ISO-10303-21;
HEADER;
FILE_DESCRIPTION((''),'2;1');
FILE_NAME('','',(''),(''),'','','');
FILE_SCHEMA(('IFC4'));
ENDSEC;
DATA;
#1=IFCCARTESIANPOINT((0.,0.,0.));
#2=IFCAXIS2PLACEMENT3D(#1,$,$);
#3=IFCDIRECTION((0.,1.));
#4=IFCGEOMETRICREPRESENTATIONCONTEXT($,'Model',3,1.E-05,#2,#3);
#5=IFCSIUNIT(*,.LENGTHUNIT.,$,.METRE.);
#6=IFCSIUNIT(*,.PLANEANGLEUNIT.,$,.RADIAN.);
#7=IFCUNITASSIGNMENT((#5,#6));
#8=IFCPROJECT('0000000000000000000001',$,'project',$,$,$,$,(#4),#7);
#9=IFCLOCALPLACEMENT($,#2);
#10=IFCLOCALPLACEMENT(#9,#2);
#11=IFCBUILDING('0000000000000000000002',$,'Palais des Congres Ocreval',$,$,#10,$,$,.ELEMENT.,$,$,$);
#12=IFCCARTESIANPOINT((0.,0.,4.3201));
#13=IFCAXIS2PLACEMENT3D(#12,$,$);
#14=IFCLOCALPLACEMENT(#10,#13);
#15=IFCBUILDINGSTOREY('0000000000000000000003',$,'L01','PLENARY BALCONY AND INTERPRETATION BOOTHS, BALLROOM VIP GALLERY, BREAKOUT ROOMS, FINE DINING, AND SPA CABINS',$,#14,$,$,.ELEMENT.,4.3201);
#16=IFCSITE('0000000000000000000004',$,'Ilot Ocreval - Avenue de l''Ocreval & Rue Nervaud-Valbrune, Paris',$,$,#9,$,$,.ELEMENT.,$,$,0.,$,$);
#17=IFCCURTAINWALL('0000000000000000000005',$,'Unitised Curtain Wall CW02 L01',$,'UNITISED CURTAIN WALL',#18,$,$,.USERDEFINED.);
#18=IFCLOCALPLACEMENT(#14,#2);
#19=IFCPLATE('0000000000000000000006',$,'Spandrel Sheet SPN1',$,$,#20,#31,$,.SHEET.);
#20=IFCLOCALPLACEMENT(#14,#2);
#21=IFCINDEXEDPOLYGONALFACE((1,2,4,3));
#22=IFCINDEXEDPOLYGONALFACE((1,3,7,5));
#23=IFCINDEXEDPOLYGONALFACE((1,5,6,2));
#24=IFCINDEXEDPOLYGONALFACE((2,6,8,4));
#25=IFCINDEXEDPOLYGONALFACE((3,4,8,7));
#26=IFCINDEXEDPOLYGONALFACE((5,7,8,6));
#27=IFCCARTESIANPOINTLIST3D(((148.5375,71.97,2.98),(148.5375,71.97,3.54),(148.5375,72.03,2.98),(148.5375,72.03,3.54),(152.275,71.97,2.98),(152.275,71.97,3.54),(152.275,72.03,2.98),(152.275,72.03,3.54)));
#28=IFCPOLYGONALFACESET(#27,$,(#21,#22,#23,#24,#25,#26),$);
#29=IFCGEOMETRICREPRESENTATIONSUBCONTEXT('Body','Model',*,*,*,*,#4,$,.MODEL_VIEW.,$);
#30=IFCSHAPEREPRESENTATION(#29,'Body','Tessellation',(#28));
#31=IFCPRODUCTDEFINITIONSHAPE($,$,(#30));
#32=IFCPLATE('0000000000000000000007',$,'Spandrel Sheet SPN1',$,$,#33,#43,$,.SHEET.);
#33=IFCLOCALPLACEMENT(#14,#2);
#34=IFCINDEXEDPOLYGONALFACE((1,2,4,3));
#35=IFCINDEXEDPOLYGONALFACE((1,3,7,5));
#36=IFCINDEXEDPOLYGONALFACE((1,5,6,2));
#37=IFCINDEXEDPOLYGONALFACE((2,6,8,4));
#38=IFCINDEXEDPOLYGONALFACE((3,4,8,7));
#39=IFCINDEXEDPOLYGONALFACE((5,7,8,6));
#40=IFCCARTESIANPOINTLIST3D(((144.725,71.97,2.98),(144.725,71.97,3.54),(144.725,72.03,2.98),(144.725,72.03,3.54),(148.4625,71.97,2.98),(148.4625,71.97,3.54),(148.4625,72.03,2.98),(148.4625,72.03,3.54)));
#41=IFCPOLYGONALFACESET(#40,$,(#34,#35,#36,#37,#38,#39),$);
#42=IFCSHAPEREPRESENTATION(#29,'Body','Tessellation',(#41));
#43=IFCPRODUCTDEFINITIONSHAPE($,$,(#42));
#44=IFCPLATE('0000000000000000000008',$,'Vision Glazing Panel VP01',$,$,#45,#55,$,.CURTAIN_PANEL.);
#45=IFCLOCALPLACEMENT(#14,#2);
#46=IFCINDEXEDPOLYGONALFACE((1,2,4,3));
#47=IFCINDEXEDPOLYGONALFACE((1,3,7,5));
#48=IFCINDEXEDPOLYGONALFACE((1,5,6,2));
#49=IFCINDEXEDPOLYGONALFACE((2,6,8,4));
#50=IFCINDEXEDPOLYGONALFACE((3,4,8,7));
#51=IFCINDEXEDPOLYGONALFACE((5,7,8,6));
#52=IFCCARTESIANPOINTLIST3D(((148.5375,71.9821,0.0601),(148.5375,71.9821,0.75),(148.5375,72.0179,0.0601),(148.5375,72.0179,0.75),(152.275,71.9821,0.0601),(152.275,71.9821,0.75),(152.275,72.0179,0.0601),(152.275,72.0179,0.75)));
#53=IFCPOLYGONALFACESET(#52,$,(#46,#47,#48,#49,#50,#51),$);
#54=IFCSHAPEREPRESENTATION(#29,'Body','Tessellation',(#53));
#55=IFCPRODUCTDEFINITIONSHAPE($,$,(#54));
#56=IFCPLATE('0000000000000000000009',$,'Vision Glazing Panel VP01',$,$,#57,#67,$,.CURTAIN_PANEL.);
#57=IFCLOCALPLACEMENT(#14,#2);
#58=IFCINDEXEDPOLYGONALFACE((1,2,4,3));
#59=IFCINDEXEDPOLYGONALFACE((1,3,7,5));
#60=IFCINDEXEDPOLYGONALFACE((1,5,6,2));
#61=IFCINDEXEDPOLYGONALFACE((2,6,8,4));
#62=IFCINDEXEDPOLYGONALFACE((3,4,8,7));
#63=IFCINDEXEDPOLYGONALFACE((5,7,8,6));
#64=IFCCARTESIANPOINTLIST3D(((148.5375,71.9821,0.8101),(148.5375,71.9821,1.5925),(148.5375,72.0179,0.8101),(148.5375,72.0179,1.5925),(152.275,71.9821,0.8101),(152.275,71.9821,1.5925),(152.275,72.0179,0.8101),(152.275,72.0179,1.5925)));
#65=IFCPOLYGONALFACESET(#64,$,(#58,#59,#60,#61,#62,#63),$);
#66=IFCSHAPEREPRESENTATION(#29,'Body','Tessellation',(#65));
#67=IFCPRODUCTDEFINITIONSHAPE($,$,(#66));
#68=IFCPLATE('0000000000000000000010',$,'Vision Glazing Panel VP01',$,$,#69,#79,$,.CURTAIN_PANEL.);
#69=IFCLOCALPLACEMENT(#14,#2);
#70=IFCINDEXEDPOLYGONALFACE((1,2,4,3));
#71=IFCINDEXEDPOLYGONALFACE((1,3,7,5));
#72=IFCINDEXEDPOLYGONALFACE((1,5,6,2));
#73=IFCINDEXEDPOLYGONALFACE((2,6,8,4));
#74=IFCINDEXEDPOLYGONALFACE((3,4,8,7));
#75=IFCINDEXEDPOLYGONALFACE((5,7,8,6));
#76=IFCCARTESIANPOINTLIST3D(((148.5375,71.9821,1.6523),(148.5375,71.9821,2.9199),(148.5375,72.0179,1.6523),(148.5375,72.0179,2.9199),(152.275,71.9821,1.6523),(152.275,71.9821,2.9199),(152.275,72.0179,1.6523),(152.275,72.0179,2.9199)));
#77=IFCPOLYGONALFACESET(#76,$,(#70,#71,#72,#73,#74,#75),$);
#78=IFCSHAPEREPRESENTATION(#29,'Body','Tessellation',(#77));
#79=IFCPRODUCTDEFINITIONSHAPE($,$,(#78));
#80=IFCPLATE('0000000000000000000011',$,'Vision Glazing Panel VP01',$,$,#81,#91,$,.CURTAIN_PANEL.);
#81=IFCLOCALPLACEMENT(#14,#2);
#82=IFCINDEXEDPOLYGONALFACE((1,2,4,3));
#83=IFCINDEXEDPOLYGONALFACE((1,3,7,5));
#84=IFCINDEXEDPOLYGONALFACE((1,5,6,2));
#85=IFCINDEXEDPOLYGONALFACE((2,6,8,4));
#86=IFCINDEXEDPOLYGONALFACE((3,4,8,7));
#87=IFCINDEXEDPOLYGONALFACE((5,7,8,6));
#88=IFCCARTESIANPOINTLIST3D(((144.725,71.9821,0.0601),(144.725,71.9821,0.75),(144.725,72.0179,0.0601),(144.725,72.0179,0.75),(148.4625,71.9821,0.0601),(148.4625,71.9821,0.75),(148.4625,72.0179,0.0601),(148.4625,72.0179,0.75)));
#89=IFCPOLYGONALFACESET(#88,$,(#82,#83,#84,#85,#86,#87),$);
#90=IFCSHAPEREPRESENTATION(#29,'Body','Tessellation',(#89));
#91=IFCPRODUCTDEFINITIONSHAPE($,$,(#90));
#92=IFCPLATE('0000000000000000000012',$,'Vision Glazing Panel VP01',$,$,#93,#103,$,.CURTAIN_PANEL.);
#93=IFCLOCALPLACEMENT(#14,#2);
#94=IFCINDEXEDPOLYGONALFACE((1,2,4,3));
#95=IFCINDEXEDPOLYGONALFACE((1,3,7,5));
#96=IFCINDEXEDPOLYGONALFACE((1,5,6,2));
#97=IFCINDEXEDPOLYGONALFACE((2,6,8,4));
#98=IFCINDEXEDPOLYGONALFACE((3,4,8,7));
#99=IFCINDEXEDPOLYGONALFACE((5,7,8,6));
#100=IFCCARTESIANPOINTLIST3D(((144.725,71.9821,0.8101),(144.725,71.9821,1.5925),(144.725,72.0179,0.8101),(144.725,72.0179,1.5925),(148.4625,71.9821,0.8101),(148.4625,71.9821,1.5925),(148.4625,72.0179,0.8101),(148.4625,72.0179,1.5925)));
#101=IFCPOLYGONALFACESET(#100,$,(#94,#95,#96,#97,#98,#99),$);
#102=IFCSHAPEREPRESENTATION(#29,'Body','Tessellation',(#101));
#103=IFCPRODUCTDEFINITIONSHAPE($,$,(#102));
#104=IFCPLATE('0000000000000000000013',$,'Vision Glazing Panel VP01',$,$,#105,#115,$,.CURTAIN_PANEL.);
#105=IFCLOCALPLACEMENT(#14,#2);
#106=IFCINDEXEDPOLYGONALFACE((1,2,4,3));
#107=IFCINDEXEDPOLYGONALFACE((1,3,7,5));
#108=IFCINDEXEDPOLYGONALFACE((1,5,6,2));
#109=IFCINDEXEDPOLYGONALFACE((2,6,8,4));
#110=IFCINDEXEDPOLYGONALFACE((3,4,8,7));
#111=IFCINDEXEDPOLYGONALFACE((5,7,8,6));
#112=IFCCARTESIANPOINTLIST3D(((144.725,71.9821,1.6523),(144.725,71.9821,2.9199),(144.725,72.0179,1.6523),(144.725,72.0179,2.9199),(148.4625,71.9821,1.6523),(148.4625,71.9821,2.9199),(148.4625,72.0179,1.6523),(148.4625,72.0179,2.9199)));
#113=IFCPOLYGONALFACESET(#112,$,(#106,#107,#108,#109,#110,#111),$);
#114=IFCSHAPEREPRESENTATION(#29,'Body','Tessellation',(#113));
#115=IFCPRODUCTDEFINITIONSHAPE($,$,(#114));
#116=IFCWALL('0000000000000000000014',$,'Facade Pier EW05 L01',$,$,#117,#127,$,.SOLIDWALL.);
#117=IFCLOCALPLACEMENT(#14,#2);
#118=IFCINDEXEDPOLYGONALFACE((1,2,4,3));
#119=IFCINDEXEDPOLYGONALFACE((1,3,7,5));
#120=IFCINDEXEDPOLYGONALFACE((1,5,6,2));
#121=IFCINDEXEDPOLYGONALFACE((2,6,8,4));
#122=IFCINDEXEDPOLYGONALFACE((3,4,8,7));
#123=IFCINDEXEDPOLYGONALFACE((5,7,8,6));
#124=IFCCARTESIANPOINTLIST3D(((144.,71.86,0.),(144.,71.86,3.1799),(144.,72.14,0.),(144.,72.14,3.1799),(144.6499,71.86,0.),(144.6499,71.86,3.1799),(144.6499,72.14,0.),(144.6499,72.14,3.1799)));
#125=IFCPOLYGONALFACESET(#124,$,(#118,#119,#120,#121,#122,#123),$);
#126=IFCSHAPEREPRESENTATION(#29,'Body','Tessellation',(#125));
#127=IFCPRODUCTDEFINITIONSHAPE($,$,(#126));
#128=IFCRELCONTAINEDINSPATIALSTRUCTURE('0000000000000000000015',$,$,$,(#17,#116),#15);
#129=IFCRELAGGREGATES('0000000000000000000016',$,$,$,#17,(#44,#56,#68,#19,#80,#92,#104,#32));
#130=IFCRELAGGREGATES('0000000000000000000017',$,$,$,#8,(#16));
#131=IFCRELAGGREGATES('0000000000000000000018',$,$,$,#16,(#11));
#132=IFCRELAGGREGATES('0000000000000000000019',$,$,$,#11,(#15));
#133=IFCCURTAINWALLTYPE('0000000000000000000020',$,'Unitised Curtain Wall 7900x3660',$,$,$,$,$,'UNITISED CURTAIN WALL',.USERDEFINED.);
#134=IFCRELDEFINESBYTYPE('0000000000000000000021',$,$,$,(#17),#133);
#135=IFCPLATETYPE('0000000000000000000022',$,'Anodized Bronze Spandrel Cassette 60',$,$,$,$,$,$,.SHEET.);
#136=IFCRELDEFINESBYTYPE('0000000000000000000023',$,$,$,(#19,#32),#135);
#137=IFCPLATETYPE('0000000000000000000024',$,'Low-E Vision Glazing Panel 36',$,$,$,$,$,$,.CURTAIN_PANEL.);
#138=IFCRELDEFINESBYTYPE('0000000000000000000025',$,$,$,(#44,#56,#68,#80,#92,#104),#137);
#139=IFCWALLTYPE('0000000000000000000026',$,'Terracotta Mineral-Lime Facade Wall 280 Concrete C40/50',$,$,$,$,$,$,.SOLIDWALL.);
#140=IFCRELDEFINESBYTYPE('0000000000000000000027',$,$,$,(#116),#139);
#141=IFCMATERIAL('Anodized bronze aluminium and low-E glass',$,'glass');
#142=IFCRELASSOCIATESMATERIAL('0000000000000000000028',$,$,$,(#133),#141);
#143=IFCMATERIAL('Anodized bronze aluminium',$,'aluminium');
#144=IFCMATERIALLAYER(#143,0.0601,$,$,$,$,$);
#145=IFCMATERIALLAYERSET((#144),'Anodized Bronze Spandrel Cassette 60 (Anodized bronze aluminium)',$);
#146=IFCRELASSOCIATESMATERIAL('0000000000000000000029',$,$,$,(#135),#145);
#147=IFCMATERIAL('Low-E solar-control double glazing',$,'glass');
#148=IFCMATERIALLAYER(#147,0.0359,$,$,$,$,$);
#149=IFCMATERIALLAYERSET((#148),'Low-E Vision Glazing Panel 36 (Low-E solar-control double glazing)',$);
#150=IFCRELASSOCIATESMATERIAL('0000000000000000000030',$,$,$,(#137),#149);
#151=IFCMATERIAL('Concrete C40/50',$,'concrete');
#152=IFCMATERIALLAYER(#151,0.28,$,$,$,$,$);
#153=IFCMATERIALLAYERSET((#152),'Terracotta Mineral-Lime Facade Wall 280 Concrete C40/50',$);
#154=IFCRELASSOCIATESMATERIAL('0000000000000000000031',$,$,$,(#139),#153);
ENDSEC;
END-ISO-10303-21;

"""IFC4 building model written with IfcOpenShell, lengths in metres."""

from ifc_helpers import new_model, si_unit, direction, frame, frame_2d, origin, origin_2d, place, context, subcontext, project, spatial, rectangle, extrude, material, layer, layer_set, type_object, element, aggregate, save


model = new_model("IFC4")

# Units and contexts
model_context = context("Model", 3, precision=1e-05, world=origin(), true_north=direction((0.0, 1.0)))
body_context = subcontext(model_context, "Body", "Model", "MODEL_VIEW")
ifc_project = project(units=[si_unit("LENGTHUNIT", "METRE"), si_unit("PLANEANGLEUNIT", "RADIAN")], contexts=[model_context])

# Site, building, storey
site_placement = place(None, origin())
site = spatial("IfcSite", under=ifc_project, at=site_placement, Name="Ilot Ocreval - Avenue de l'Ocreval & Rue Nervaud-Valbrune, Paris", CompositionType="ELEMENT", RefElevation=0.0)
building_placement = place(site_placement, origin())
building = spatial("IfcBuilding", under=site, at=building_placement, Name="Palais des Congres Ocreval", CompositionType="ELEMENT")
storey_placement = place(building_placement, frame((0.0, 0.0, 4.3201)))
storey = spatial("IfcBuildingStorey", under=building, at=storey_placement, Name="L01", Description="PLENARY BALCONY AND INTERPRETATION BOOTHS, BALLROOM VIP GALLERY, BREAKOUT ROOMS, FINE DINING, AND SPA CABINS", CompositionType="ELEMENT", Elevation=4.3201)

# Curtain wall
ifc_material_1 = material(Name="Anodized bronze aluminium and low-E glass", Category="glass")
curtain_wall_type = type_object("IfcCurtainWallType", Name="Unitised Curtain Wall 7900x3660", ElementType="UNITISED CURTAIN WALL", PredefinedType="USERDEFINED", material=ifc_material_1)
curtain_wall_placement = place(storey_placement, origin())
curtain_wall = element("IfcCurtainWall", 1, at=curtain_wall_placement, inside=storey, type_object=curtain_wall_type, Name="Unitised Curtain Wall CW02 L01", ObjectType="UNITISED CURTAIN WALL", PredefinedType="USERDEFINED")
ifc_material_2 = material(Name="Anodized bronze aluminium", Category="aluminium")

# Plates
ifc_layer_1 = layer(ifc_material_2, 0.0601)
ifc_layer_set_1 = layer_set([ifc_layer_1], Name="Anodized Bronze Spandrel Cassette 60 (Anodized bronze aluminium)")
plate_type_1 = type_object("IfcPlateType", Name="Anodized Bronze Spandrel Cassette 60", PredefinedType="SHEET", material=ifc_layer_set_1)
plate_1_placement = place(storey_placement, frame((150.4062, 72.0, 2.98), z_axis=(0.0, 0.0, 1.0), x_axis=(-1.0, 0.0, 0.0)))
plate_1 = element("IfcPlate", 2, at=plate_1_placement, type_object=plate_type_1, Name="Spandrel Sheet SPN1", PredefinedType="SHEET", context=body_context, shape_type="SweptSolid", body=[
    extrude(rectangle(XDim=3.7375, YDim=0.0601, at=origin_2d()), origin(), (0.0, 0.0, 1.0), 0.5601),
])
plate_2_placement = place(storey_placement, frame((146.5938, 72.0, 2.98), z_axis=(0.0, 0.0, 1.0), x_axis=(-1.0, 0.0, 0.0)))
plate_2 = element("IfcPlate", 3, at=plate_2_placement, type_object=plate_type_1, Name="Spandrel Sheet SPN1", PredefinedType="SHEET", context=body_context, shape_type="SweptSolid", body=[
    extrude(rectangle(XDim=3.7375, YDim=0.0601, at=origin_2d()), origin(), (0.0, 0.0, 1.0), 0.5601),
])
ifc_material_3 = material(Name="Low-E solar-control double glazing", Category="glass")
ifc_layer_2 = layer(ifc_material_3, 0.0359)
ifc_layer_set_2 = layer_set([ifc_layer_2], Name="Low-E Vision Glazing Panel 36 (Low-E solar-control double glazing)")
plate_type_2 = type_object("IfcPlateType", Name="Low-E Vision Glazing Panel 36", PredefinedType="CURTAIN_PANEL", material=ifc_layer_set_2)
plate_3_placement = place(storey_placement, frame((150.4062, 72.0, 0.0601), z_axis=(0.0, 0.0, 1.0), x_axis=(-1.0, 0.0, 0.0)))
plate_3 = element("IfcPlate", 4, at=plate_3_placement, type_object=plate_type_2, Name="Vision Glazing Panel VP01", PredefinedType="CURTAIN_PANEL", context=body_context, shape_type="SweptSolid", body=[
    extrude(rectangle(XDim=3.7375, YDim=0.0359, at=origin_2d()), origin(), (0.0, 0.0, 1.0), 0.6899),
])
plate_4_placement = place(storey_placement, frame((150.4062, 72.0, 0.8101), z_axis=(0.0, 0.0, 1.0), x_axis=(-1.0, 0.0, 0.0)))
plate_4 = element("IfcPlate", 5, at=plate_4_placement, type_object=plate_type_2, Name="Vision Glazing Panel VP01", PredefinedType="CURTAIN_PANEL", context=body_context, shape_type="SweptSolid", body=[
    extrude(rectangle(XDim=3.7375, YDim=0.0359, at=origin_2d()), origin(), (0.0, 0.0, 1.0), 0.7825),
])
plate_5_placement = place(storey_placement, frame((150.4062, 72.0, 1.6523), z_axis=(0.0, 0.0, 1.0), x_axis=(-1.0, 0.0, 0.0)))
plate_5 = element("IfcPlate", 6, at=plate_5_placement, type_object=plate_type_2, Name="Vision Glazing Panel VP01", PredefinedType="CURTAIN_PANEL", context=body_context, shape_type="SweptSolid", body=[
    extrude(rectangle(XDim=3.7375, YDim=0.0359, at=origin_2d()), origin(), (0.0, 0.0, 1.0), 1.2676),
])
plate_6_placement = place(storey_placement, frame((146.5938, 72.0, 0.0601), z_axis=(0.0, 0.0, 1.0), x_axis=(-1.0, 0.0, 0.0)))
plate_6 = element("IfcPlate", 7, at=plate_6_placement, type_object=plate_type_2, Name="Vision Glazing Panel VP01", PredefinedType="CURTAIN_PANEL", context=body_context, shape_type="SweptSolid", body=[
    extrude(rectangle(XDim=3.7375, YDim=0.0359, at=origin_2d()), origin(), (0.0, 0.0, 1.0), 0.6899),
])
plate_7_placement = place(storey_placement, frame((146.5938, 72.0, 0.8101), z_axis=(0.0, 0.0, 1.0), x_axis=(-1.0, 0.0, 0.0)))
plate_7 = element("IfcPlate", 8, at=plate_7_placement, type_object=plate_type_2, Name="Vision Glazing Panel VP01", PredefinedType="CURTAIN_PANEL", context=body_context, shape_type="SweptSolid", body=[
    extrude(rectangle(XDim=3.7375, YDim=0.0359, at=origin_2d()), origin(), (0.0, 0.0, 1.0), 0.7825),
])
plate_8_placement = place(storey_placement, frame((146.5938, 72.0, 1.6523), z_axis=(0.0, 0.0, 1.0), x_axis=(-1.0, 0.0, 0.0)))
plate_8 = element("IfcPlate", 9, at=plate_8_placement, type_object=plate_type_2, Name="Vision Glazing Panel VP01", PredefinedType="CURTAIN_PANEL", context=body_context, shape_type="SweptSolid", body=[
    extrude(rectangle(XDim=3.7375, YDim=0.0359, at=origin_2d()), origin(), (0.0, 0.0, 1.0), 1.2676),
])
aggregate(curtain_wall, [plate_3, plate_4, plate_5, plate_1, plate_6, plate_7, plate_8, plate_2])

# Wall
ifc_material_4 = material(Name="Concrete C40/50", Category="concrete")
ifc_layer_3 = layer(ifc_material_4, 0.28)
ifc_layer_set_3 = layer_set([ifc_layer_3], Name="Terracotta Mineral-Lime Facade Wall 280 Concrete C40/50")
wall_type = type_object("IfcWallType", Name="Terracotta Mineral-Lime Facade Wall 280 Concrete C40/50", PredefinedType="SOLIDWALL", material=ifc_layer_set_3)
wall_placement = place(storey_placement, frame((144.6499, 72.0, 0.0), z_axis=(0.0, 0.0, 1.0), x_axis=(-1.0, 0.0, 0.0)))
element("IfcWall", 10, at=wall_placement, inside=storey, type_object=wall_type, Name="Facade Pier EW05 L01", PredefinedType="SOLIDWALL", context=body_context, shape_type="SweptSolid", body=[
    extrude(rectangle(XDim=0.6499, YDim=0.28, at=frame_2d((0.325, 0.0))), origin(), (0.0, 0.0, 1.0), 3.1799),
])

save(model, "model.ifc")
